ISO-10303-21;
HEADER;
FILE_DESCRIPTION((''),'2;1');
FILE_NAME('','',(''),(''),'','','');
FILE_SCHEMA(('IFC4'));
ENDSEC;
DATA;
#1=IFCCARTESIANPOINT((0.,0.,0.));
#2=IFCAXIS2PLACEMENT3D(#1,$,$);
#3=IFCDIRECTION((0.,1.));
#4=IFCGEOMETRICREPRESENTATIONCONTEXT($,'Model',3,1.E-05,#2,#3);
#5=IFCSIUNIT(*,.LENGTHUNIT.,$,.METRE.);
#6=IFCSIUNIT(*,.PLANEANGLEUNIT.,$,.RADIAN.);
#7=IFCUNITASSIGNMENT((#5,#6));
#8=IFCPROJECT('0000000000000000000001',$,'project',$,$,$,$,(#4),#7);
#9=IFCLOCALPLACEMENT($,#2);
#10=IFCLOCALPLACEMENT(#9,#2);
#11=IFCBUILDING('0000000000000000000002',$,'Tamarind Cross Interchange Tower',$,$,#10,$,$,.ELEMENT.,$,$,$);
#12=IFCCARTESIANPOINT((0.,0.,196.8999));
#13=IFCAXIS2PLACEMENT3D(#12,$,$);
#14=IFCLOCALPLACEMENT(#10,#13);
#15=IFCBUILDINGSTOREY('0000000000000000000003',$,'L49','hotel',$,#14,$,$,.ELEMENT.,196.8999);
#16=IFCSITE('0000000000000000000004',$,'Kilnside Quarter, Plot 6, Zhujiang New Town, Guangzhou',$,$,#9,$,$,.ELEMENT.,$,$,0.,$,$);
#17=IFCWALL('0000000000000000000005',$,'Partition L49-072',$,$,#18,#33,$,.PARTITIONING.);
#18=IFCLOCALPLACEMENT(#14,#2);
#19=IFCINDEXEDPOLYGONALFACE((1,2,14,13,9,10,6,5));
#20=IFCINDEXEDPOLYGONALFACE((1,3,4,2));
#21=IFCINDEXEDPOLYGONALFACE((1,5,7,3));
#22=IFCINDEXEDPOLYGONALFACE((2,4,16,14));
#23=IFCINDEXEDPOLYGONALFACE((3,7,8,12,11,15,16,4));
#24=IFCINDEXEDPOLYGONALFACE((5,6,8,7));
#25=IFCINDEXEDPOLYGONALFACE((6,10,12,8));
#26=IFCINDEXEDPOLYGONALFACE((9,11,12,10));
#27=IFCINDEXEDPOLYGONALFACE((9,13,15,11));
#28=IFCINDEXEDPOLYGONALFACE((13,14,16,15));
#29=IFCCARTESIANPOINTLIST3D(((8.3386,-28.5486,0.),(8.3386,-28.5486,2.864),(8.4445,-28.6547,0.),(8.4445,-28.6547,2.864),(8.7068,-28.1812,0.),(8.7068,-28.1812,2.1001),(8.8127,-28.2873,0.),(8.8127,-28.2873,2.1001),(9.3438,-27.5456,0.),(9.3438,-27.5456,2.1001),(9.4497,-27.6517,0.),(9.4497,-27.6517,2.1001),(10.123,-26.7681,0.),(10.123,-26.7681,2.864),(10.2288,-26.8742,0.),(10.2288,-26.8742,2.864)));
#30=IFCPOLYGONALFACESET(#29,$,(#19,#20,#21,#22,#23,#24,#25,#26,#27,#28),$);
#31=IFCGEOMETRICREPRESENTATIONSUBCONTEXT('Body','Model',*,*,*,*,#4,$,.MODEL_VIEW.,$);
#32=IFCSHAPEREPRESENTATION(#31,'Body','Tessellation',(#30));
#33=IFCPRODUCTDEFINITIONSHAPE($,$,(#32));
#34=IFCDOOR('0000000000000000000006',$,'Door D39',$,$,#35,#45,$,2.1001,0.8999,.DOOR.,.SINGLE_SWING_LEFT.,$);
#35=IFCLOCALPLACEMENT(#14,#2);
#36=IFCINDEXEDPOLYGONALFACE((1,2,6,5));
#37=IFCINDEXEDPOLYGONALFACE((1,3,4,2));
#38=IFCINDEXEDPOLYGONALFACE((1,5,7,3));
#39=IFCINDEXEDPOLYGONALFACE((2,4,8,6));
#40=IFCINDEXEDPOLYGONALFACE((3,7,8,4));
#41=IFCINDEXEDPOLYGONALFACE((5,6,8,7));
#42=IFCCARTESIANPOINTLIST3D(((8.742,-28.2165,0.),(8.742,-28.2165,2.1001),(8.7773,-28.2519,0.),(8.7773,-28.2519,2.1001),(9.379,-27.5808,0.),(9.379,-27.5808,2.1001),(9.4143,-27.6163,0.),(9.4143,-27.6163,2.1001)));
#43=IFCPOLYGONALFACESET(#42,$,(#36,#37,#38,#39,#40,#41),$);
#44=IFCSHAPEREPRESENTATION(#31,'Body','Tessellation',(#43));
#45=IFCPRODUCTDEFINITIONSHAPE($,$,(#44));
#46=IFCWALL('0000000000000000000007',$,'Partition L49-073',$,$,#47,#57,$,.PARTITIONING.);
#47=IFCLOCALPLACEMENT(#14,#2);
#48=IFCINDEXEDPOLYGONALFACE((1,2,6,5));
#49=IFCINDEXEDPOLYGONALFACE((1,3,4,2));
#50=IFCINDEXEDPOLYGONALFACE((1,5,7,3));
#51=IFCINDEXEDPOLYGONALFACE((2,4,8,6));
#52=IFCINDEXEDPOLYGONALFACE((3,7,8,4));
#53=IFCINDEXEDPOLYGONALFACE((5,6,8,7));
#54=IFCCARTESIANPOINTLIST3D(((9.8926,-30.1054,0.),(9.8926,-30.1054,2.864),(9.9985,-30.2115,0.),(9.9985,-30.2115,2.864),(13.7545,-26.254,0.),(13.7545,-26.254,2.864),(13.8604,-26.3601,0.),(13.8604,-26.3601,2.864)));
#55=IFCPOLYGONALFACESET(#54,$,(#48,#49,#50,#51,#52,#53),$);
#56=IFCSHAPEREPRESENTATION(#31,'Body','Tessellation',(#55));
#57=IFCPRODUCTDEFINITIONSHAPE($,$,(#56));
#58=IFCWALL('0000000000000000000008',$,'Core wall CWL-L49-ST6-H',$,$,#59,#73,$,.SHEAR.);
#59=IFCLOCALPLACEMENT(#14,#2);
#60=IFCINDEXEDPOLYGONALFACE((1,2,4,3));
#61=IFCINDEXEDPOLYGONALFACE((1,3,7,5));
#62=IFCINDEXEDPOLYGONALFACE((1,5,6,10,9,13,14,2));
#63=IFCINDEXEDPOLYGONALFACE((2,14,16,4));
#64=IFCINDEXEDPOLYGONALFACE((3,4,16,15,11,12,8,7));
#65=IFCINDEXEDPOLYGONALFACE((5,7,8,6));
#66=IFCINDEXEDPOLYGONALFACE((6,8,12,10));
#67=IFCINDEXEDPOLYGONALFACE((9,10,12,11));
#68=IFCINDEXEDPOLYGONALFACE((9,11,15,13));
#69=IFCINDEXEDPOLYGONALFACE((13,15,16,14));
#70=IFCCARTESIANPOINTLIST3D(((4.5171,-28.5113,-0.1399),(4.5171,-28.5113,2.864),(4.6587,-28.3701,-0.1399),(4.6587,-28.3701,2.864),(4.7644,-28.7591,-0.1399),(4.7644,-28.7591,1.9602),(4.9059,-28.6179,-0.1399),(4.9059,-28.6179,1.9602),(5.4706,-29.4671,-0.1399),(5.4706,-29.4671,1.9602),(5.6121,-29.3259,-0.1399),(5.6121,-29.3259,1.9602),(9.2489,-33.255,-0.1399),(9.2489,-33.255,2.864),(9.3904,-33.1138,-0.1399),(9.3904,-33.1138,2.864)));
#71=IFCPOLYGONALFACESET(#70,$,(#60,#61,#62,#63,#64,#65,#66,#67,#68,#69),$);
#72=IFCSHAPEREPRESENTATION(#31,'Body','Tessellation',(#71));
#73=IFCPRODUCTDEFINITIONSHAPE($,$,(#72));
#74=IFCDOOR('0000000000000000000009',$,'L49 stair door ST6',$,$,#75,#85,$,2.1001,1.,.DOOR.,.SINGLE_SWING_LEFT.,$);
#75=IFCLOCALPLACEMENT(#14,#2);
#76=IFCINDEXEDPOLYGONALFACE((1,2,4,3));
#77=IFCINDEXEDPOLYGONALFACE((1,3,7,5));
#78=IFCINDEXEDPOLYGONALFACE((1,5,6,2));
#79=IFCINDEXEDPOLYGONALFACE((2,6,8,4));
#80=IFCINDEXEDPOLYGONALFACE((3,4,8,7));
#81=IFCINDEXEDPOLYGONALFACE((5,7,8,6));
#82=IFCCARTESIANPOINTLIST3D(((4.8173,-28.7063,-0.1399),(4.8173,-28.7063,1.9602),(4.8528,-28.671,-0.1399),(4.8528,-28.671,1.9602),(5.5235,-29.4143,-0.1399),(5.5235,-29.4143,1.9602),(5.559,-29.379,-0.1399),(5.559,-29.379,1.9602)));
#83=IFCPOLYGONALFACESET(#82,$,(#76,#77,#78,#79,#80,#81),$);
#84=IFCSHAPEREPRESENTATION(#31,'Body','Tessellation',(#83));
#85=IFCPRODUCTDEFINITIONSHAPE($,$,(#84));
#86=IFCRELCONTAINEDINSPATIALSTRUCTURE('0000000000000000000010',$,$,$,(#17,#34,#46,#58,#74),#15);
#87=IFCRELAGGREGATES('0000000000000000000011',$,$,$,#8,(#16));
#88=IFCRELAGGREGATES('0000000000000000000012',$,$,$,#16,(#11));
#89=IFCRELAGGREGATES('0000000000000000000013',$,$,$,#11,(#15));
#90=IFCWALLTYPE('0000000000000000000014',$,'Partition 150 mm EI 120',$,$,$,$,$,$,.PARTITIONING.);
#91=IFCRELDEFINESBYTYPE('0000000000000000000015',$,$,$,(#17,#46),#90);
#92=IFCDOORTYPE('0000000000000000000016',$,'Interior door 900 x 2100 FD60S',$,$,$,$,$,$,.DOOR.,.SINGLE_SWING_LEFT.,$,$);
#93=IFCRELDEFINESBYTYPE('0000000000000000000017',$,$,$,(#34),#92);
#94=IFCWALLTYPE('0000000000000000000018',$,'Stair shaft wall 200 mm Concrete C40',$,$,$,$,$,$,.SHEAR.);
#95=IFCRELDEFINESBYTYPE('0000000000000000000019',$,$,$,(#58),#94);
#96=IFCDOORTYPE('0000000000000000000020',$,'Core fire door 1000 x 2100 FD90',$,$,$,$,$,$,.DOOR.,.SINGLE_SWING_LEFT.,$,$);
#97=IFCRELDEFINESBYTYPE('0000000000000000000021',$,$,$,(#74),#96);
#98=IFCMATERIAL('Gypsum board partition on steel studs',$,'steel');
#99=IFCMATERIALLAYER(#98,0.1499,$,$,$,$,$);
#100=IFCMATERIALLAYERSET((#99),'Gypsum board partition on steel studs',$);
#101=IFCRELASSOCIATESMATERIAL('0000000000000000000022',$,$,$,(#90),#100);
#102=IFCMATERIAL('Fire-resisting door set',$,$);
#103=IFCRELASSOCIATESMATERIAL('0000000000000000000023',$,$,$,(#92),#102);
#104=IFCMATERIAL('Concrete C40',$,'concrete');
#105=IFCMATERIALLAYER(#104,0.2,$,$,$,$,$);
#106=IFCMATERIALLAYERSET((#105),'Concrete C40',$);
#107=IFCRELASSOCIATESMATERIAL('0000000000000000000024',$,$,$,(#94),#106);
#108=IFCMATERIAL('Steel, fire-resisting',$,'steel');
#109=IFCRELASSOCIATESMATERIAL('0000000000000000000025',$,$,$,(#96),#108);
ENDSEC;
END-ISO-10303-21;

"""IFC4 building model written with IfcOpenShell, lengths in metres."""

from ifc_helpers import new_model, si_unit, direction, frame, frame_2d, origin, place, context, subcontext, project, spatial, rectangle, extrude, material, layer, layer_set, type_object, element, fill, save


model = new_model("IFC4")

# Units and contexts
model_context = context("Model", 3, precision=1e-05, world=origin(), true_north=direction((0.0, 1.0)))
body_context = subcontext(model_context, "Body", "Model", "MODEL_VIEW")
ifc_project = project(units=[si_unit("LENGTHUNIT", "METRE"), si_unit("PLANEANGLEUNIT", "RADIAN")], contexts=[model_context])

# Site, building, storey
site_placement = place(None, origin())
site = spatial("IfcSite", under=ifc_project, at=site_placement, Name="Kilnside Quarter, Plot 6, Zhujiang New Town, Guangzhou", CompositionType="ELEMENT", RefElevation=0.0)
building_placement = place(site_placement, origin())
building = spatial("IfcBuilding", under=site, at=building_placement, Name="Tamarind Cross Interchange Tower", CompositionType="ELEMENT")
storey_placement = place(building_placement, frame((0.0, 0.0, 196.8999)))
storey = spatial("IfcBuildingStorey", under=building, at=storey_placement, Name="L49", Description="hotel", CompositionType="ELEMENT", Elevation=196.8999)

# Shared definitions
ifc_material_1 = material(Name="Gypsum board partition on steel studs", Category="steel")
ifc_layer_1 = layer(ifc_material_1, 0.1499)
ifc_layer_set_1 = layer_set([ifc_layer_1], Name="Gypsum board partition on steel studs")
wall_type_1 = type_object("IfcWallType", Name="Partition 150 mm EI 120", PredefinedType="PARTITIONING", material=ifc_layer_set_1)

# Wall, opening, door
wall_1_placement = place(storey_placement, frame((8.3916, -28.6016, 0.0), z_axis=(0.0, 0.0, 1.0), x_axis=(0.707881, 0.706332, 0.0)))
wall_1 = element("IfcWall", 1, at=wall_1_placement, inside=storey, type_object=wall_type_1, Name="Partition L49-072", PredefinedType="PARTITIONING", context=body_context, shape_type="SweptSolid", body=[
    extrude(rectangle(XDim=2.5208, YDim=0.1499, at=frame_2d((1.2603, 0.0))), origin(), (0.0, 0.0, 1.0), 2.864),
])
opening_1_placement = place(wall_1_placement, frame((0.52, 0.0, 0.0)))
opening_1 = element("IfcOpeningElement", 2, at=opening_1_placement, cuts=wall_1, PredefinedType="OPENING", context=body_context, shape_type="SweptSolid", body=[
    extrude(rectangle(XDim=0.8999, YDim=2.1001, at=frame_2d((0.45, 1.05))), frame((0.0, 0.085, 0.0), z_axis=(0.0, -1.0, 0.0), x_axis=(1.0, 0.0, 0.0)), (0.0, 0.0, 1.0), 0.1699),
])
ifc_material_2 = material(Name="Fire-resisting door set")
door_type_1 = type_object("IfcDoorType", Name="Interior door 900 x 2100 FD60S", OperationType="SINGLE_SWING_LEFT", PredefinedType="DOOR", material=ifc_material_2)
door_1_placement = place(opening_1_placement, frame((0.8999, 0.0, 0.0), z_axis=(0.0, 0.0, 1.0), x_axis=(-1.0, 0.0, 0.0)))
door_1 = element("IfcDoor", 3, at=door_1_placement, inside=storey, type_object=door_type_1, Name="Door D39", OperationType="SINGLE_SWING_LEFT", OverallHeight=2.1001, OverallWidth=0.8999, PredefinedType="DOOR", context=body_context, shape_type="SweptSolid", body=[
    extrude(rectangle(XDim=0.8999, YDim=2.1001, at=frame_2d((0.45, 1.05))), frame((0.0, 0.0249, 0.0), z_axis=(0.0, -1.0, 0.0), x_axis=(1.0, 0.0, 0.0)), (0.0, 0.0, 1.0), 0.05),
])
fill(opening_1, door_1)

# Wall
wall_2_placement = place(storey_placement, frame((9.9456, -30.1584, 0.0), z_axis=(0.0, 0.0, 1.0), x_axis=(0.708069, 0.706144, 0.0)))
element("IfcWall", 4, at=wall_2_placement, inside=storey, type_object=wall_type_1, Name="Partition L49-073", PredefinedType="PARTITIONING", context=body_context, shape_type="SweptSolid", body=[
    extrude(rectangle(XDim=5.4541, YDim=0.1499, at=frame_2d((2.7271, 0.0))), origin(), (0.0, 0.0, 1.0), 2.864),
])

# Wall, opening, door
ifc_material_3 = material(Name="Concrete C40", Category="concrete")
ifc_layer_2 = layer(ifc_material_3, 0.2)
ifc_layer_set_2 = layer_set([ifc_layer_2], Name="Concrete C40")
wall_type_2 = type_object("IfcWallType", Name="Stair shaft wall 200 mm Concrete C40", PredefinedType="SHEAR", material=ifc_layer_set_2)
wall_3_placement = place(storey_placement, frame((4.5879, -28.4407, -0.1399), z_axis=(0.0, 0.0, 1.0), x_axis=(0.706213, -0.707999, 0.0)))
wall_3 = element("IfcWall", 5, at=wall_3_placement, inside=storey, type_object=wall_type_2, Name="Core wall CWL-L49-ST6-H", PredefinedType="SHEAR", context=body_context, shape_type="SweptSolid", body=[
    extrude(rectangle(XDim=6.7002, YDim=0.2, at=frame_2d((3.3501, 0.0))), origin(), (0.0, 0.0, 1.0), 3.0039),
])
opening_2_placement = place(wall_3_placement, frame((0.3501, 0.0, 0.0)))
opening_2 = element("IfcOpeningElement", 6, at=opening_2_placement, cuts=wall_3, PredefinedType="OPENING", context=body_context, shape_type="SweptSolid", body=[
    extrude(rectangle(XDim=1.0, YDim=2.1001, at=frame_2d((0.5, 1.05))), frame((0.0, 0.1099, 0.0), z_axis=(0.0, -1.0, 0.0), x_axis=(1.0, 0.0, 0.0)), (0.0, 0.0, 1.0), 0.22),
])
ifc_material_4 = material(Name="Steel, fire-resisting", Category="steel")
door_type_2 = type_object("IfcDoorType", Name="Core fire door 1000 x 2100 FD90", OperationType="SINGLE_SWING_LEFT", PredefinedType="DOOR", material=ifc_material_4)
door_2_placement = place(opening_2_placement, origin())
door_2 = element("IfcDoor", 7, at=door_2_placement, inside=storey, type_object=door_type_2, Name="L49 stair door ST6", OperationType="SINGLE_SWING_LEFT", OverallHeight=2.1001, OverallWidth=1.0, PredefinedType="DOOR", context=body_context, shape_type="SweptSolid", body=[
    extrude(rectangle(XDim=1.0, YDim=2.1001, at=frame_2d((0.5, 1.05))), frame((0.0, 0.0249, 0.0), z_axis=(0.0, -1.0, 0.0), x_axis=(1.0, 0.0, 0.0)), (0.0, 0.0, 1.0), 0.05),
])
fill(opening_2, door_2)

save(model, "model.ifc")
